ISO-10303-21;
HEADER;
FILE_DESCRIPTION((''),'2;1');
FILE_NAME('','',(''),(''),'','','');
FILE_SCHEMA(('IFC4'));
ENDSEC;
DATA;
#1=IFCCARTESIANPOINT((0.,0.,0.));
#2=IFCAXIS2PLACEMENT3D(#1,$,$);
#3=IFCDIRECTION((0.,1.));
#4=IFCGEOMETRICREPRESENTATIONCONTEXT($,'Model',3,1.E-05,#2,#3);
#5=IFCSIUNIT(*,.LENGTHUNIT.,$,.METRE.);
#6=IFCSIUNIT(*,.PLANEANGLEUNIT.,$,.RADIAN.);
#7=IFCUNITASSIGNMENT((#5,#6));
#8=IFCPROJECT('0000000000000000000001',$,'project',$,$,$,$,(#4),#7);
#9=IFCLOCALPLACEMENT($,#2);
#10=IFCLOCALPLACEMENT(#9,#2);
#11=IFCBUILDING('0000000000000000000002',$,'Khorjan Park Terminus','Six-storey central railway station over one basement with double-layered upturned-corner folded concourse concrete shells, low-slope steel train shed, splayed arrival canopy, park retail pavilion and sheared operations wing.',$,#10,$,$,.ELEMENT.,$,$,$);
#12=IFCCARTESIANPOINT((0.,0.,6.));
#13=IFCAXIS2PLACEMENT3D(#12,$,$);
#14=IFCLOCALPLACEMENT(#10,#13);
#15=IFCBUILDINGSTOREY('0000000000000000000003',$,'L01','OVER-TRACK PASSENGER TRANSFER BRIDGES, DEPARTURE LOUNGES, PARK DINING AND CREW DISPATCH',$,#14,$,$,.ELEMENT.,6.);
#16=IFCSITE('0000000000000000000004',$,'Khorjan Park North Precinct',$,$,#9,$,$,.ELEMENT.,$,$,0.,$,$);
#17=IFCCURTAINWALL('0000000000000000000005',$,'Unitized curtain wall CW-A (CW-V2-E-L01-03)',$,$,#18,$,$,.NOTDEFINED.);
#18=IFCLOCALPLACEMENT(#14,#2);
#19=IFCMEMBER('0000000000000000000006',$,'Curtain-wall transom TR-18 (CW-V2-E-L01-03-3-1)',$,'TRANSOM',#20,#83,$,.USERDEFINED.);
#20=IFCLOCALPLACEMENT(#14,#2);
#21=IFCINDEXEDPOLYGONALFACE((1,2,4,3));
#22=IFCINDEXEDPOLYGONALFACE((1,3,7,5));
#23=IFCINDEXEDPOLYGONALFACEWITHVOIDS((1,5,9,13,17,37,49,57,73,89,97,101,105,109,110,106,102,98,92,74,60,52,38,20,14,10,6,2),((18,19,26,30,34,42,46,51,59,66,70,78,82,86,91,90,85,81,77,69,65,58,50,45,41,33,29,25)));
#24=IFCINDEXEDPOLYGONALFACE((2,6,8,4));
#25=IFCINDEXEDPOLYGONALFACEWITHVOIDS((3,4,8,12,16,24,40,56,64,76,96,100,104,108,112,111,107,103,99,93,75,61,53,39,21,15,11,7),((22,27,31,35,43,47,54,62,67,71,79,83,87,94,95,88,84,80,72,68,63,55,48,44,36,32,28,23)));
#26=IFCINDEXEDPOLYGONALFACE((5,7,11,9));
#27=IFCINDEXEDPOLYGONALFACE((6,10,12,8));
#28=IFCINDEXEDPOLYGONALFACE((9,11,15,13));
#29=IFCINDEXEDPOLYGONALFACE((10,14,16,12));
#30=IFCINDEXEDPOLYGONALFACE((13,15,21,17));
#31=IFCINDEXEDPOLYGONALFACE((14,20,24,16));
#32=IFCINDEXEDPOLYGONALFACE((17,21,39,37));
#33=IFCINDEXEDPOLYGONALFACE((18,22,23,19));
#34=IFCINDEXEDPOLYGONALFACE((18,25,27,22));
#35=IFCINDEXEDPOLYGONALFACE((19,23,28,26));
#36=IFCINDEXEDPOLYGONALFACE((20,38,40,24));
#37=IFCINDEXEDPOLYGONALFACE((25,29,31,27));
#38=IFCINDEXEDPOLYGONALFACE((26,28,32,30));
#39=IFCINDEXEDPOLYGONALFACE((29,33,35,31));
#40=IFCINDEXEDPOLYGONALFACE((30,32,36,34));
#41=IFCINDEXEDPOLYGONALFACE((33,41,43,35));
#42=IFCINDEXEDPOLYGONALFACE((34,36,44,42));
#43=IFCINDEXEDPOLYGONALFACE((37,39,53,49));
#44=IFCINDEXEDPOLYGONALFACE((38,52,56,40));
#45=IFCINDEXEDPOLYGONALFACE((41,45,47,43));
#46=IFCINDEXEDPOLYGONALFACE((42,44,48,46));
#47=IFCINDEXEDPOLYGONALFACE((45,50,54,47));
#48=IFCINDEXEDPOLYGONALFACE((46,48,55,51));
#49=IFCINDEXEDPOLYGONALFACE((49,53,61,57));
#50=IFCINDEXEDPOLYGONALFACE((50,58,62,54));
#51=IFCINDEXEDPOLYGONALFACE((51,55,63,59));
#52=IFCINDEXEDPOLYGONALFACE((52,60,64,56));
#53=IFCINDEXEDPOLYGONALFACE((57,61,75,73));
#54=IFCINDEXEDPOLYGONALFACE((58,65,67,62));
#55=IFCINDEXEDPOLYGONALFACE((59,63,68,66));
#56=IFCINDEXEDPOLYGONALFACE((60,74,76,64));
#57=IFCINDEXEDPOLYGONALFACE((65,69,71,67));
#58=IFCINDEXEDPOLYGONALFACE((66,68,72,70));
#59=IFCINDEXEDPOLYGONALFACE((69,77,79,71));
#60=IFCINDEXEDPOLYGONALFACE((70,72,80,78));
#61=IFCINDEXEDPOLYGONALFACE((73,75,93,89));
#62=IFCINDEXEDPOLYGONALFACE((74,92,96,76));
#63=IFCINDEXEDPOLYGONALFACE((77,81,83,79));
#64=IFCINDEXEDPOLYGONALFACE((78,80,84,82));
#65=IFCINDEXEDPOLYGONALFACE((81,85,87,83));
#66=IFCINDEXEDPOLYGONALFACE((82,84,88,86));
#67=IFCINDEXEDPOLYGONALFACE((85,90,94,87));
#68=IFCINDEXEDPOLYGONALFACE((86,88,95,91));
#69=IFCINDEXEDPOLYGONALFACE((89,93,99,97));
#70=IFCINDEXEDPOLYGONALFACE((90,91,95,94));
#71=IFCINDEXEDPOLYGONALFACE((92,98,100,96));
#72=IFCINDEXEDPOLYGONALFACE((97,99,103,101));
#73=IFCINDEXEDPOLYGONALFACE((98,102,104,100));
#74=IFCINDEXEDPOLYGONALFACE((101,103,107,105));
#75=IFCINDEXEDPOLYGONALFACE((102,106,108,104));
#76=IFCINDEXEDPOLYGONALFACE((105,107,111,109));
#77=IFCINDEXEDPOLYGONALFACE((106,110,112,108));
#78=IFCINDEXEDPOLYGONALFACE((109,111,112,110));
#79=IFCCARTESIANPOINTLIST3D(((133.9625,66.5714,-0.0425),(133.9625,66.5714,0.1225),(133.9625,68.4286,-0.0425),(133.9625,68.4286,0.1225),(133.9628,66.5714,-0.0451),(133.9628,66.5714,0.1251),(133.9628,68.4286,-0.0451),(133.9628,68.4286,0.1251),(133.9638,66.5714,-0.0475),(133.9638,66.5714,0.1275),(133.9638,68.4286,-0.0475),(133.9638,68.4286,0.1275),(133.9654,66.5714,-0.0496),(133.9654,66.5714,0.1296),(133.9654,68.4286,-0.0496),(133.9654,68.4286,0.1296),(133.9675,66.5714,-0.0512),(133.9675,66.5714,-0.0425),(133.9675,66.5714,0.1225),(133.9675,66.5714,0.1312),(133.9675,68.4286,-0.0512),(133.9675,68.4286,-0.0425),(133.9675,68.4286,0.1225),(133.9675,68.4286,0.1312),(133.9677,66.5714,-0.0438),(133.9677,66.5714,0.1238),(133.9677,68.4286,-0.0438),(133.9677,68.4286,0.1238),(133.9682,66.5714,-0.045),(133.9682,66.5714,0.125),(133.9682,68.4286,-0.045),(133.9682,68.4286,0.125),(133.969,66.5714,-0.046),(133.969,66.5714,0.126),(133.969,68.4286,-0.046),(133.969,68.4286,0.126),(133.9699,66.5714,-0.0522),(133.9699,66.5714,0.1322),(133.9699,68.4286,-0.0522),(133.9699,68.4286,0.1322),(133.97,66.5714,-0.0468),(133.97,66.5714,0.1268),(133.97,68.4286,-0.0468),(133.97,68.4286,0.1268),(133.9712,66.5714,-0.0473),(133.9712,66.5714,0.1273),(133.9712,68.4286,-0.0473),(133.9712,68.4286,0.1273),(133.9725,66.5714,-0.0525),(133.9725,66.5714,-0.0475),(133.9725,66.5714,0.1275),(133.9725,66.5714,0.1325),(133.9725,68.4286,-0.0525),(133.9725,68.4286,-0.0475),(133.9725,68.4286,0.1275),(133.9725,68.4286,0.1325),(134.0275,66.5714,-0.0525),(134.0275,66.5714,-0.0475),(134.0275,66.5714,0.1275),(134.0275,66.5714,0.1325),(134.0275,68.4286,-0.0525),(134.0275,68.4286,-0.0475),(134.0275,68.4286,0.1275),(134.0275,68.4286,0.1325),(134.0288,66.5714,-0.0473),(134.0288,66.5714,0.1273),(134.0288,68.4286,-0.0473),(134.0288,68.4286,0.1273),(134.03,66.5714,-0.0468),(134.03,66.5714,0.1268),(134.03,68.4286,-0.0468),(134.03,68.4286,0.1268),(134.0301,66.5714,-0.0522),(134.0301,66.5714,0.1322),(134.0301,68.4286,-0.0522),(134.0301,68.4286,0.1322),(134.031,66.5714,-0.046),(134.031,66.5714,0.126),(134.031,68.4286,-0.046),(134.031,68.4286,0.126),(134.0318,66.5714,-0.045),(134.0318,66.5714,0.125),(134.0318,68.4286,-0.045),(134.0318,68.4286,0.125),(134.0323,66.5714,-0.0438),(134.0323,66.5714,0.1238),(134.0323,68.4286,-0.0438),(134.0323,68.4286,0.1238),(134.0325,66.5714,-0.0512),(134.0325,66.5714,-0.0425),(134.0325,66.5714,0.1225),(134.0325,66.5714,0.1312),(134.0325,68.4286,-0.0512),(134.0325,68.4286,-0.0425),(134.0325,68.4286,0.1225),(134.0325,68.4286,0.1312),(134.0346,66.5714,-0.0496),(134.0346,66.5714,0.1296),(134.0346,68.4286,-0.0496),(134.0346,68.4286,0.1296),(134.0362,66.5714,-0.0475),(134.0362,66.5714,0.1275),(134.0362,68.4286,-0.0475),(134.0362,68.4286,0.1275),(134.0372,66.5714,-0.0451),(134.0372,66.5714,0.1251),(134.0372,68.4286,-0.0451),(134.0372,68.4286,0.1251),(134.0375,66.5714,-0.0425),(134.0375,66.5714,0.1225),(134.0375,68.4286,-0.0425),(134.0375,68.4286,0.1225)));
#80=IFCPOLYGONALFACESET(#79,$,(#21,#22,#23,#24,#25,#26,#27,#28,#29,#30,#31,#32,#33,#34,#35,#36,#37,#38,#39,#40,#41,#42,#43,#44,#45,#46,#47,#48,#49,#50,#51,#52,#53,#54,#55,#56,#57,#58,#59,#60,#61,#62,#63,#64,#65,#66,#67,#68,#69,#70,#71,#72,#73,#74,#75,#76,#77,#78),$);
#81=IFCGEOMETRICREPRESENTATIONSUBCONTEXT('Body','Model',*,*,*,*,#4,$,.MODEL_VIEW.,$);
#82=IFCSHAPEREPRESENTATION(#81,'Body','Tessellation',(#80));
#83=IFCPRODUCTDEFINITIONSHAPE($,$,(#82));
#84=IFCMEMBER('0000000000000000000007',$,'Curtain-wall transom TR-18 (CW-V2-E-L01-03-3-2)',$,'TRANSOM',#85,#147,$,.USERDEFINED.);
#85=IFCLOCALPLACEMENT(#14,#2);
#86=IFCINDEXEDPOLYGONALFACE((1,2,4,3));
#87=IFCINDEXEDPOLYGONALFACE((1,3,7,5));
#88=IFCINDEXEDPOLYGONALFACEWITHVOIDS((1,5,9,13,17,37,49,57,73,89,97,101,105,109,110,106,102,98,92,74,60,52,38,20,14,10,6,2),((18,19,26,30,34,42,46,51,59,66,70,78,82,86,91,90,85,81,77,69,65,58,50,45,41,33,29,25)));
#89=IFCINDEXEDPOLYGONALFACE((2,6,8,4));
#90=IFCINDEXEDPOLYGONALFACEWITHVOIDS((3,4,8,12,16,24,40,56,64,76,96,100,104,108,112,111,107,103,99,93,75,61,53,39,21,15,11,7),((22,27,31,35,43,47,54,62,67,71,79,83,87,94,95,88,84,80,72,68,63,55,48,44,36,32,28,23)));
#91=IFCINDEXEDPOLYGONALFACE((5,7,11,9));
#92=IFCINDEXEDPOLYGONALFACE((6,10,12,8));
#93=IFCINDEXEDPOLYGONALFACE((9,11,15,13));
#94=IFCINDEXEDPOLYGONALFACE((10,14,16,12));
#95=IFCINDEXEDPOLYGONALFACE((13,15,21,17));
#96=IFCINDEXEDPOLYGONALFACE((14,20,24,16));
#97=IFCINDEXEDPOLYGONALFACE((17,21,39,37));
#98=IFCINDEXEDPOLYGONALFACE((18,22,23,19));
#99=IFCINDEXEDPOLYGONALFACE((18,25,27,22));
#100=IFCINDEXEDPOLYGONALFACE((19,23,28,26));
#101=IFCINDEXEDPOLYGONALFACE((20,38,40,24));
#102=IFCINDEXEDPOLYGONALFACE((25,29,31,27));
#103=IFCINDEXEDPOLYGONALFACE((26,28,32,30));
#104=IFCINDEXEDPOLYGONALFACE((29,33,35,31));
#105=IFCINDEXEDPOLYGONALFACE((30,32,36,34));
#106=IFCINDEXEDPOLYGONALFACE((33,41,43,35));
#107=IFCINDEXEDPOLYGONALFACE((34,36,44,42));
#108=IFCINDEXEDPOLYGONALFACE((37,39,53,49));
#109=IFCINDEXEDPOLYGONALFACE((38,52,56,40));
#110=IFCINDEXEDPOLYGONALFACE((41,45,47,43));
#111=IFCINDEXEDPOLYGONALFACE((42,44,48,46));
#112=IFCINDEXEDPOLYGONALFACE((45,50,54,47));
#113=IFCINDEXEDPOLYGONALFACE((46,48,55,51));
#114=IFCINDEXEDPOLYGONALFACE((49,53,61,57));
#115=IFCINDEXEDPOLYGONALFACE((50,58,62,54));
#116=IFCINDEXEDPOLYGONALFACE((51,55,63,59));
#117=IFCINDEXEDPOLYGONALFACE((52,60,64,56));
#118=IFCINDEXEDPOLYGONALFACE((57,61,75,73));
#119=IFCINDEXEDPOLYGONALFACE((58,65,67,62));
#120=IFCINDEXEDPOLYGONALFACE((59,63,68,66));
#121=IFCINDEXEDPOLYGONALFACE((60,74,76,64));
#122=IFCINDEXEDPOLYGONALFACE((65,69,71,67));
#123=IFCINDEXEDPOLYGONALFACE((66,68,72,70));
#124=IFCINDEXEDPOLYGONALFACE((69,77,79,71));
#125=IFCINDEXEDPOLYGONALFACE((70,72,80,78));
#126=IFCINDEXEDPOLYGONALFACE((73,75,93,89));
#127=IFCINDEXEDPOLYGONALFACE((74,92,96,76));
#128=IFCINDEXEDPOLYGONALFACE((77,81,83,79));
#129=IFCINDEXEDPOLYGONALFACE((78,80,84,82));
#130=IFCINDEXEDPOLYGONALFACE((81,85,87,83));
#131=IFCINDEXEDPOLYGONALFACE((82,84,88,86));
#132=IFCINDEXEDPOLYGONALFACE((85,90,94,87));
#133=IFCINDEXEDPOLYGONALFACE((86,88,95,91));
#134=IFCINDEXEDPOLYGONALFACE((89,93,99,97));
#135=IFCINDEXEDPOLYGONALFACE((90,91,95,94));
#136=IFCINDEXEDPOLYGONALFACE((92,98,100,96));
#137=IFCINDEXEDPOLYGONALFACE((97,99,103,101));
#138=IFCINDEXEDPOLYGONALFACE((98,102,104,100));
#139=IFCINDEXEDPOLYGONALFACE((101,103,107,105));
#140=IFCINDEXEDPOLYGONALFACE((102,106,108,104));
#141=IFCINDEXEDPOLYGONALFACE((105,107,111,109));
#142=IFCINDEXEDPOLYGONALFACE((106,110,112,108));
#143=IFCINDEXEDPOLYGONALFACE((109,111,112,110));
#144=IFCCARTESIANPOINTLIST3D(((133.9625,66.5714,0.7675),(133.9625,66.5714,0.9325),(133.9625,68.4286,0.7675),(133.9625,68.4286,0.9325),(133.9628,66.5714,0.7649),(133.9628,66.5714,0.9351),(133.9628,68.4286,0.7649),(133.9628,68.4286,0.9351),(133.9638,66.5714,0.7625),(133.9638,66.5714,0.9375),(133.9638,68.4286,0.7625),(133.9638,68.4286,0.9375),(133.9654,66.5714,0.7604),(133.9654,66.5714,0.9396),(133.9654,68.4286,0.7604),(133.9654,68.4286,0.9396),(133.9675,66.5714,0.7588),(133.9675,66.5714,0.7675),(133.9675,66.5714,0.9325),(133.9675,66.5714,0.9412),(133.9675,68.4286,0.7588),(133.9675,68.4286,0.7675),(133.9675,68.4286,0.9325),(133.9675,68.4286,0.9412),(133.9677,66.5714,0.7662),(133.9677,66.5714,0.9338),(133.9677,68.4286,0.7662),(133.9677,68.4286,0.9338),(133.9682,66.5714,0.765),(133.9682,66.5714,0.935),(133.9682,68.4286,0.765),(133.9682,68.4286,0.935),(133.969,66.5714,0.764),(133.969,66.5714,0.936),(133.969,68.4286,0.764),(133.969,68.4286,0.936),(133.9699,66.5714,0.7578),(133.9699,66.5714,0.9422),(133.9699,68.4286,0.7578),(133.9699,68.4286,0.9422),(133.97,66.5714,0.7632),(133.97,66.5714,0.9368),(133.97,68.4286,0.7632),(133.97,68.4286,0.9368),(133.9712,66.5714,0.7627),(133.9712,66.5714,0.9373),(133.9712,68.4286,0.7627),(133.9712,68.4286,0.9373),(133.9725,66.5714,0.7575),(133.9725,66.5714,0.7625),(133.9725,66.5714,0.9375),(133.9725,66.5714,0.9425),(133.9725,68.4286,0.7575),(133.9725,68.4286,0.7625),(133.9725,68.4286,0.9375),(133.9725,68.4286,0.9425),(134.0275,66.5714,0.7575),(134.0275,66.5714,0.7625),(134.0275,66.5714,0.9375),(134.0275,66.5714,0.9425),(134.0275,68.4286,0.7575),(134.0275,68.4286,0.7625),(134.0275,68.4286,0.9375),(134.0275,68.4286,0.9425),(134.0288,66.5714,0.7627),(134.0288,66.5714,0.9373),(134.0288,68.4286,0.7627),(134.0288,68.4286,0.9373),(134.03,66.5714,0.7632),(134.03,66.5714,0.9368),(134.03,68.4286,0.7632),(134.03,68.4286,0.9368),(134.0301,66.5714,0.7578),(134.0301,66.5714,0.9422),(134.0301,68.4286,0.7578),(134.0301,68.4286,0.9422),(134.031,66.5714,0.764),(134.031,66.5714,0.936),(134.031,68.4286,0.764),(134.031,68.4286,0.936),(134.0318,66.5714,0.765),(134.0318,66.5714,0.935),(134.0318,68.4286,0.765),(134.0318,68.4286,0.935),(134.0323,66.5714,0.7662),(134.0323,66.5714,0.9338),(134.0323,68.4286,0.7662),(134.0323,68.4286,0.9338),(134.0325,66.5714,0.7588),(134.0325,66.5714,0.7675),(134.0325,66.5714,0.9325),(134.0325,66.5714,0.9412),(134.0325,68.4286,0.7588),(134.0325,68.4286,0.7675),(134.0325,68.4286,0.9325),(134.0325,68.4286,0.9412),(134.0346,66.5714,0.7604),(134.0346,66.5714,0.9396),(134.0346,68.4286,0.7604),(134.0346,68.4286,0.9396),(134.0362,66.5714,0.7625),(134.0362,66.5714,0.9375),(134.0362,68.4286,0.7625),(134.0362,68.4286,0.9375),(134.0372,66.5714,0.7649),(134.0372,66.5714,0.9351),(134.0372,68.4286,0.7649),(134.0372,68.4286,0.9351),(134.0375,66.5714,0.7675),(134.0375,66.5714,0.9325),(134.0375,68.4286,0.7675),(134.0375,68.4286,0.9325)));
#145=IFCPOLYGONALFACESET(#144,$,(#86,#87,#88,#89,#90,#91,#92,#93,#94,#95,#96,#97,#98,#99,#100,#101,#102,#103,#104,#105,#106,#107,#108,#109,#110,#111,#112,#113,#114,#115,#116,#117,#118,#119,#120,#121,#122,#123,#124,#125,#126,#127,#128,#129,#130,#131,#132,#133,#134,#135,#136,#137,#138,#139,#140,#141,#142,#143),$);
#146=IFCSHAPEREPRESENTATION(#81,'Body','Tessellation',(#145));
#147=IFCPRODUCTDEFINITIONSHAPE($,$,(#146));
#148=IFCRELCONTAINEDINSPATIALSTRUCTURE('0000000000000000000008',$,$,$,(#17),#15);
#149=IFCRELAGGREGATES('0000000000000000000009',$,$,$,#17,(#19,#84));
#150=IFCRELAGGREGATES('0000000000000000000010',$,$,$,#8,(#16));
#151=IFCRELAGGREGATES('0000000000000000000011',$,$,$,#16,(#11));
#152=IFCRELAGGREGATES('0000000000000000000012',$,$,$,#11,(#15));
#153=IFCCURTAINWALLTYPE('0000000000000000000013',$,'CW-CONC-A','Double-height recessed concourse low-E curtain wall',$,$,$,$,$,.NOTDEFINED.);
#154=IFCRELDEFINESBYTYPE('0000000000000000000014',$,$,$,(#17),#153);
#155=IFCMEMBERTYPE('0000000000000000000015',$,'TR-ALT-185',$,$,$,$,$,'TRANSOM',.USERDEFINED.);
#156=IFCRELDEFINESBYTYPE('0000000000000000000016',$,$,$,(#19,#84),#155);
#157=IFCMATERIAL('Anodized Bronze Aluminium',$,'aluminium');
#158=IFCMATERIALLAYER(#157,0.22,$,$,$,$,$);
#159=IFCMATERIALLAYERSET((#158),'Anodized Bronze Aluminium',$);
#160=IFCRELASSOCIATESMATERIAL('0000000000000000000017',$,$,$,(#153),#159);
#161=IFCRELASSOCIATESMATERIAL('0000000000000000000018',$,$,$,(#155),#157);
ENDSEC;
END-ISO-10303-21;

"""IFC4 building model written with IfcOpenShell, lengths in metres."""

from ifc_helpers import new_model, si_unit, direction, frame, origin, origin_2d, place, context, subcontext, project, spatial, hollow_rectangle, extrude, material, layer, layer_set, material_profile, profile_set, type_object, element, aggregate, save


model = new_model("IFC4")

# Units and contexts
model_context = context("Model", 3, precision=1e-05, world=origin(), true_north=direction((0.0, 1.0)))
body_context = subcontext(model_context, "Body", "Model", "MODEL_VIEW")
ifc_project = project(units=[si_unit("LENGTHUNIT", "METRE"), si_unit("PLANEANGLEUNIT", "RADIAN")], contexts=[model_context])

# Site, building, storey
site_placement = place(None, origin())
site = spatial("IfcSite", under=ifc_project, at=site_placement, Name="Khorjan Park North Precinct", CompositionType="ELEMENT", RefElevation=0.0)
building_placement = place(site_placement, origin())
building = spatial("IfcBuilding", under=site, at=building_placement, Name="Khorjan Park Terminus", Description="Six-storey central railway station over one basement with double-layered upturned-corner folded concourse concrete shells, low-slope steel train shed, splayed arrival canopy, park retail pavilion and sheared operations wing.", CompositionType="ELEMENT")
storey_placement = place(building_placement, frame((0.0, 0.0, 6.0)))
storey = spatial("IfcBuildingStorey", under=building, at=storey_placement, Name="L01", Description="OVER-TRACK PASSENGER TRANSFER BRIDGES, DEPARTURE LOUNGES, PARK DINING AND CREW DISPATCH", CompositionType="ELEMENT", Elevation=6.0)

# Shared definitions
ifc_material_1 = material(Name="Anodized Bronze Aluminium", Category="aluminium")
ifc_layer_1 = layer(ifc_material_1, 0.22)
ifc_layer_set_1 = layer_set([ifc_layer_1], Name="Anodized Bronze Aluminium")
curtain_wall_type = type_object("IfcCurtainWallType", Name="CW-CONC-A", Description="Double-height recessed concourse low-E curtain wall", PredefinedType="NOTDEFINED", material=ifc_layer_set_1)

# Curtain wall
curtain_wall_1_placement = place(storey_placement, origin())
curtain_wall_1 = element("IfcCurtainWall", 1, at=curtain_wall_1_placement, inside=storey, type_object=curtain_wall_type, Name="Unitized curtain wall CW-A (CW-V2-E-L01-03)", PredefinedType="NOTDEFINED")

# Members
ifc_material_profile_1 = material_profile(ifc_material_1, hollow_rectangle(XDim=0.075, YDim=0.185, WallThickness=0.005, InnerFilletRadius=0.005, OuterFilletRadius=0.01, at=origin_2d()), Name="ALT 75x185x5")
ifc_profile_set_1 = profile_set([ifc_material_profile_1], Name="Anodized Bronze Aluminium")
member_type_1 = type_object("IfcMemberType", Name="TR-ALT-185", ElementType="TRANSOM", PredefinedType="USERDEFINED", material=ifc_profile_set_1)
member_1_placement = place(storey_placement, frame((134.0, 66.5714, 0.04), z_axis=(0.0, 1.0, 0.0), x_axis=(-1.0, 0.0, 0.0)))
member_1 = element("IfcMember", 2, at=member_1_placement, type_object=member_type_1, Name="Curtain-wall transom TR-18 (CW-V2-E-L01-03-3-1)", ObjectType="TRANSOM", PredefinedType="USERDEFINED", context=body_context, shape_type="SweptSolid", body=[
    extrude(hollow_rectangle(XDim=0.075, YDim=0.185, WallThickness=0.005, InnerFilletRadius=0.005, OuterFilletRadius=0.01, at=origin_2d()), origin(), (0.0, 0.0, 1.0), 1.8572),
])
member_2_placement = place(storey_placement, frame((134.0, 66.5714, 0.85), z_axis=(0.0, 1.0, 0.0), x_axis=(-1.0, 0.0, 0.0)))
member_2 = element("IfcMember", 3, at=member_2_placement, type_object=member_type_1, Name="Curtain-wall transom TR-18 (CW-V2-E-L01-03-3-2)", ObjectType="TRANSOM", PredefinedType="USERDEFINED", context=body_context, shape_type="SweptSolid", body=[
    extrude(hollow_rectangle(XDim=0.075, YDim=0.185, WallThickness=0.005, InnerFilletRadius=0.005, OuterFilletRadius=0.01, at=origin_2d()), origin(), (0.0, 0.0, 1.0), 1.8572),
])

aggregate(curtain_wall_1, [member_1, member_2])

save(model, "model.ifc")
